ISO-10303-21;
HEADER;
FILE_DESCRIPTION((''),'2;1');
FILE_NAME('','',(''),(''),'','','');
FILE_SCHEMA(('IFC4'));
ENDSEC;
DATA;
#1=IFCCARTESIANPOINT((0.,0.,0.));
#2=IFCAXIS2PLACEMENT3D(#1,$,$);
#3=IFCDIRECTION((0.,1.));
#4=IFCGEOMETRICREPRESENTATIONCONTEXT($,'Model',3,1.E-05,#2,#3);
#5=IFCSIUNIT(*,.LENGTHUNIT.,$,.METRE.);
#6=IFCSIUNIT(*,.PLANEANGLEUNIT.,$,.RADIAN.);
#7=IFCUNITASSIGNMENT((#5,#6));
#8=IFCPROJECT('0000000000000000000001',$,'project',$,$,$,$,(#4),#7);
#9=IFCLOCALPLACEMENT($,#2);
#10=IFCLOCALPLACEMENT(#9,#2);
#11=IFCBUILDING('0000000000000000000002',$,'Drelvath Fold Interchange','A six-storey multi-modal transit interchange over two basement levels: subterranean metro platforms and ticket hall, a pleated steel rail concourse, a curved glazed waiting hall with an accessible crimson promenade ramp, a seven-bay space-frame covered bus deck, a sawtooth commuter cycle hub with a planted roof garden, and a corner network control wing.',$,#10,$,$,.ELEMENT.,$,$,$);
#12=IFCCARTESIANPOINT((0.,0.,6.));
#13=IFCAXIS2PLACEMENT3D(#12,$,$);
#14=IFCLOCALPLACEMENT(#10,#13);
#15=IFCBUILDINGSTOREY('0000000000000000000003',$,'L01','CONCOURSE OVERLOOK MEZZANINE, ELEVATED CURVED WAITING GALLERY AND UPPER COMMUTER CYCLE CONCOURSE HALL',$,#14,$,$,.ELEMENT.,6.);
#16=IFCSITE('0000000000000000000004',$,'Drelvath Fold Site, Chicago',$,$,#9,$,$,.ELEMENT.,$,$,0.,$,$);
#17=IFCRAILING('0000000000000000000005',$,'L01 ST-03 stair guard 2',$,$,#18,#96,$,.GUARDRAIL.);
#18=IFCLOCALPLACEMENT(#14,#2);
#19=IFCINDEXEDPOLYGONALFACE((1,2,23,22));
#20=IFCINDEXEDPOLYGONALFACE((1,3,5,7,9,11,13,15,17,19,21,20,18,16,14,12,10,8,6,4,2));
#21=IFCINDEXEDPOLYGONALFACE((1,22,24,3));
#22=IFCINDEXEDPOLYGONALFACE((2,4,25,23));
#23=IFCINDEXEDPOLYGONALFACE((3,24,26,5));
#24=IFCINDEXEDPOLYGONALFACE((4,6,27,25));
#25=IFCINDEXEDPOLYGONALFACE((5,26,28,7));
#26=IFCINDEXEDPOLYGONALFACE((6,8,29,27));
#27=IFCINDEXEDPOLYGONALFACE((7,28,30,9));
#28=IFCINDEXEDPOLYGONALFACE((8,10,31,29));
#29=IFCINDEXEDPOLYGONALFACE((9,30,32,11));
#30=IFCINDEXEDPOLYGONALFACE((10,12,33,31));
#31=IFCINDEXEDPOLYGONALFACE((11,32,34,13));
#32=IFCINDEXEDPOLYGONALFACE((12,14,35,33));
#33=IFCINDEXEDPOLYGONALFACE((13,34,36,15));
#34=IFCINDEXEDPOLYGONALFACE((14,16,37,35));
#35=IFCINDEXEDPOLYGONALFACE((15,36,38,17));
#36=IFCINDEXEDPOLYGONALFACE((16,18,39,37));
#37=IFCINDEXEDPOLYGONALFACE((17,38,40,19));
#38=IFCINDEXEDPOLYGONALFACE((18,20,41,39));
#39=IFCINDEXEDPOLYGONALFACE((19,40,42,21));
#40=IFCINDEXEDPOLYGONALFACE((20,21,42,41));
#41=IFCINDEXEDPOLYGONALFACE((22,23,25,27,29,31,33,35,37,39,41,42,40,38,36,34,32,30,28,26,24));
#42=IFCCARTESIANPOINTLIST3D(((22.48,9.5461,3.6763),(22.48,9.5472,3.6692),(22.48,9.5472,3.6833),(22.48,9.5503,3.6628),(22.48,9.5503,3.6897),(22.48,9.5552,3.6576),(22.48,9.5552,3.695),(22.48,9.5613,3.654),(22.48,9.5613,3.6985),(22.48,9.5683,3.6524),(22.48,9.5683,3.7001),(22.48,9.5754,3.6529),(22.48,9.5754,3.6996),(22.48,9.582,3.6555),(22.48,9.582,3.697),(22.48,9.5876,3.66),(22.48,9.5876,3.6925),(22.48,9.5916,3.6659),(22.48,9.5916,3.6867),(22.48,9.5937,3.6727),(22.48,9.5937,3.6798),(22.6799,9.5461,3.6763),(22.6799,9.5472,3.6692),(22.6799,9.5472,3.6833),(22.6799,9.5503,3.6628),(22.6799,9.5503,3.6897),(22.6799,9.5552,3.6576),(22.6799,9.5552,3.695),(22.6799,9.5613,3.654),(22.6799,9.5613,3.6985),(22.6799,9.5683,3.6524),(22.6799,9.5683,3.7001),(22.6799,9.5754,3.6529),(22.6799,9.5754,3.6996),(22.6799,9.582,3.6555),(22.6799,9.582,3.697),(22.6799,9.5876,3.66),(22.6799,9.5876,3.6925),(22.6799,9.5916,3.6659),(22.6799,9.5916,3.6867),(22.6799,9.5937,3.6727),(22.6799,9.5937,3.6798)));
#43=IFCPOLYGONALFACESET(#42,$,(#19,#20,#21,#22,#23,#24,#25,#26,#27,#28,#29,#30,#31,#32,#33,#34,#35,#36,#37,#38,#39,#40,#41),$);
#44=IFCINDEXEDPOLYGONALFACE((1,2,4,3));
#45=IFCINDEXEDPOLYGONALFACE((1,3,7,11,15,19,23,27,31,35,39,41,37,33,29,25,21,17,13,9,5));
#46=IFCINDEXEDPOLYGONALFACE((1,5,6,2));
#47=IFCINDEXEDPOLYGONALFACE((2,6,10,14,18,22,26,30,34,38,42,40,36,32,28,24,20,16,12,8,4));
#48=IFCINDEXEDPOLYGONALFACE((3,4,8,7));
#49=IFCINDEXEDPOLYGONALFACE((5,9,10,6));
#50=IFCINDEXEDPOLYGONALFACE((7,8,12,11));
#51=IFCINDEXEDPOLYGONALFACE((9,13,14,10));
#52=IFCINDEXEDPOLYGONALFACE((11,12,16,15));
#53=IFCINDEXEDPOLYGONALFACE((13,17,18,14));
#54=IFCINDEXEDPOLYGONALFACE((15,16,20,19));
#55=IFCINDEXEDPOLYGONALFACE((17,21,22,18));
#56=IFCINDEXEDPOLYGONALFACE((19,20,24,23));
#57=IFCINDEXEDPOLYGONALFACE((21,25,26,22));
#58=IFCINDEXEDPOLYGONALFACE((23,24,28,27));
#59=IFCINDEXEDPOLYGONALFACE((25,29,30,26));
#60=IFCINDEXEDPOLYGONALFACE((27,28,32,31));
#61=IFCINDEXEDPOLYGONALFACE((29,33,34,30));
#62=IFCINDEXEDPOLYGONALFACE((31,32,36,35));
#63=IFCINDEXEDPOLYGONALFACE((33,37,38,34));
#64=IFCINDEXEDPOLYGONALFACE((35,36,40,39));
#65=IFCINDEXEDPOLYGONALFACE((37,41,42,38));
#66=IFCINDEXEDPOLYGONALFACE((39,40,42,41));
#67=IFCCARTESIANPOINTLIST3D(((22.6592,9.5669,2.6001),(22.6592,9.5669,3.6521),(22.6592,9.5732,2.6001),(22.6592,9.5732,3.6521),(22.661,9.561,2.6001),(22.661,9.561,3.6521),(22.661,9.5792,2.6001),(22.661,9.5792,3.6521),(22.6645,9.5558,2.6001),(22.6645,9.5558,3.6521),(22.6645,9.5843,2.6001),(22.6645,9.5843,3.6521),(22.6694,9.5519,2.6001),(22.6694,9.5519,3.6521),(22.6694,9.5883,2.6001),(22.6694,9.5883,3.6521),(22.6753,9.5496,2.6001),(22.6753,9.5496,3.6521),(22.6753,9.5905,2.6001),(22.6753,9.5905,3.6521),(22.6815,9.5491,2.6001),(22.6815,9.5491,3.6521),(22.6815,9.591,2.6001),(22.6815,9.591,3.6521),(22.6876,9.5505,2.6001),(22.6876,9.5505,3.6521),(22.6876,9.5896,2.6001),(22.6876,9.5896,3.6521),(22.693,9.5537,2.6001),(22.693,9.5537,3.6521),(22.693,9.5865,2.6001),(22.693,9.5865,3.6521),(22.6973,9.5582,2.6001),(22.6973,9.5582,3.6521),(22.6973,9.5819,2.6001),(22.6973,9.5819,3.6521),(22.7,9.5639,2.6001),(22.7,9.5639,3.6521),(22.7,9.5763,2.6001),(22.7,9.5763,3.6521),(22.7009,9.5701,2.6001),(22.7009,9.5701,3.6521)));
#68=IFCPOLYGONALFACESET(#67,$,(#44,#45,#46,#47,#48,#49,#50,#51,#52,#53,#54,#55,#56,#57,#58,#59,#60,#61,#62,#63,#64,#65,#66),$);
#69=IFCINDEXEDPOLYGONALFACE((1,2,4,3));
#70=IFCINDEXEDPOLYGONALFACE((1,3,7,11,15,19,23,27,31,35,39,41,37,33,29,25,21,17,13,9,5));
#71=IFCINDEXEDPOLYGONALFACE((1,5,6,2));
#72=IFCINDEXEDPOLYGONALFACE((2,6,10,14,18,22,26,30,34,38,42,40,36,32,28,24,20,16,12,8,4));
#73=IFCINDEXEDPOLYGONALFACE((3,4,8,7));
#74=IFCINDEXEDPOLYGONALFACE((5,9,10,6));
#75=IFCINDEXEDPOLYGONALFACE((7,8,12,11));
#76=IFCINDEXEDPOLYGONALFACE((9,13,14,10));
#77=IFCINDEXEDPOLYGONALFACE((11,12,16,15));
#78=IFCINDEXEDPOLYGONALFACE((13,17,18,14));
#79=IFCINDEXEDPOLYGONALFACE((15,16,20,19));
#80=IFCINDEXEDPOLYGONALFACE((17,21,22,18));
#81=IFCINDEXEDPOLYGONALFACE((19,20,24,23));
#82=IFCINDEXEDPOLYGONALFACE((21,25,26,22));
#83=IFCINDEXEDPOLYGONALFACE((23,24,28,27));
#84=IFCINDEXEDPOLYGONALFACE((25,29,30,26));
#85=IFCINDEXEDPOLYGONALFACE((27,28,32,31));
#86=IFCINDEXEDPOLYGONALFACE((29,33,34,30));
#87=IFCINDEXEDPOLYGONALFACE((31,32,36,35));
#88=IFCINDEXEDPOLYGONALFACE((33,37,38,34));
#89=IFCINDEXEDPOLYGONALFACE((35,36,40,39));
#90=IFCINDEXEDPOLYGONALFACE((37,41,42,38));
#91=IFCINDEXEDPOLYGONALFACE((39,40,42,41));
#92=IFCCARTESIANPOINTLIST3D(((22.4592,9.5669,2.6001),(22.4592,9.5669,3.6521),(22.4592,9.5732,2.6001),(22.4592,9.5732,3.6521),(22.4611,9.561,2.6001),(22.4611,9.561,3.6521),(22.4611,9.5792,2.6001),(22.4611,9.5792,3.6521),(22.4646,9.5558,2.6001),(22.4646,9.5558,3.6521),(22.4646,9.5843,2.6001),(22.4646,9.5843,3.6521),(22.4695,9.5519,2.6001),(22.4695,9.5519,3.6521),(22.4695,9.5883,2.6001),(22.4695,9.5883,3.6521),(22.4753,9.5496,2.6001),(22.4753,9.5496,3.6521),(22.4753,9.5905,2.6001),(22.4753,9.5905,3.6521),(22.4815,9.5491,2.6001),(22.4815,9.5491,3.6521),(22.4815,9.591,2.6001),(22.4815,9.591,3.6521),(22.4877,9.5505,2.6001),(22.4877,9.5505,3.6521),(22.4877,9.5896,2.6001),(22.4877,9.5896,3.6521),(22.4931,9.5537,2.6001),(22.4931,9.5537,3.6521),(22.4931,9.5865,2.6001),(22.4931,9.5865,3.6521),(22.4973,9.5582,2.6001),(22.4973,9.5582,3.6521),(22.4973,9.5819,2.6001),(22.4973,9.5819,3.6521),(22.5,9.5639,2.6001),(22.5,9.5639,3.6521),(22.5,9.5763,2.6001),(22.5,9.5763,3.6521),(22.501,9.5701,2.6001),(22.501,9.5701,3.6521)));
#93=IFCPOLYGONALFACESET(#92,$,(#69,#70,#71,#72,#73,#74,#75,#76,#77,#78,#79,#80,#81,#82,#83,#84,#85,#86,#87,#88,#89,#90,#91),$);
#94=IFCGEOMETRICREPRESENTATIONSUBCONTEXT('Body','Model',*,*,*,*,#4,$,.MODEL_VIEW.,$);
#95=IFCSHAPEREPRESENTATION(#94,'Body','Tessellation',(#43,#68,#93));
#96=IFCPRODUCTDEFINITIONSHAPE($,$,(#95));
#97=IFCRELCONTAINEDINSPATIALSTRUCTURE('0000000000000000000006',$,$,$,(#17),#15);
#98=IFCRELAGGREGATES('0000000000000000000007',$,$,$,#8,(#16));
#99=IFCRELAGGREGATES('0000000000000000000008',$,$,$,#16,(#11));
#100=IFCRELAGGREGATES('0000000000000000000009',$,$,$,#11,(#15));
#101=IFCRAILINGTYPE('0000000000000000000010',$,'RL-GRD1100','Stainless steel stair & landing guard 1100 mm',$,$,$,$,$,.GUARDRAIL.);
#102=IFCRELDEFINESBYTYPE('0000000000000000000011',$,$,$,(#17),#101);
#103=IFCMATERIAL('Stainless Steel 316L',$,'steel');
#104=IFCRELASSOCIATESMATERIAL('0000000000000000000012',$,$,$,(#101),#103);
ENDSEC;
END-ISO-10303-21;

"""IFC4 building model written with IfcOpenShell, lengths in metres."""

from ifc_helpers import new_model, si_unit, direction, frame, origin, origin_2d, place, context, subcontext, project, spatial, circle, extrude, material, type_object, element, save


model = new_model("IFC4")

# Units and contexts
model_context = context("Model", 3, precision=1e-05, world=origin(), true_north=direction((0.0, 1.0)))
body_context = subcontext(model_context, "Body", "Model", "MODEL_VIEW")
ifc_project = project(units=[si_unit("LENGTHUNIT", "METRE"), si_unit("PLANEANGLEUNIT", "RADIAN")], contexts=[model_context])

# Site, building, storey
site_placement = place(None, origin())
site = spatial("IfcSite", under=ifc_project, at=site_placement, Name="Drelvath Fold Site, Chicago", CompositionType="ELEMENT", RefElevation=0.0)
building_placement = place(site_placement, origin())
building = spatial("IfcBuilding", under=site, at=building_placement, Name="Drelvath Fold Interchange", Description="A six-storey multi-modal transit interchange over two basement levels: subterranean metro platforms and ticket hall, a pleated steel rail concourse, a curved glazed waiting hall with an accessible crimson promenade ramp, a seven-bay space-frame covered bus deck, a sawtooth commuter cycle hub with a planted roof garden, and a corner network control wing.", CompositionType="ELEMENT")
storey_placement = place(building_placement, frame((0.0, 0.0, 6.0)))
storey = spatial("IfcBuildingStorey", under=building, at=storey_placement, Name="L01", Description="CONCOURSE OVERLOOK MEZZANINE, ELEVATED CURVED WAITING GALLERY AND UPPER COMMUTER CYCLE CONCOURSE HALL", CompositionType="ELEMENT", Elevation=6.0)

# Railing
ifc_material_1 = material(Name="Stainless Steel 316L", Category="steel")
railing_type_1 = type_object("IfcRailingType", Name="RL-GRD1100", Description="Stainless steel stair & landing guard 1100 mm", PredefinedType="GUARDRAIL", material=ifc_material_1)
railing_1_placement = place(storey_placement, frame((22.6799, 9.5701, 2.6001)))
element("IfcRailing", 1, at=railing_1_placement, inside=storey, type_object=railing_type_1, Name="L01 ST-03 stair guard 2", PredefinedType="GUARDRAIL", context=body_context, shape_type="SweptSolid", body=[
    extrude(circle(Radius=0.0239, at=origin_2d()), frame((0.0, 0.0, 1.0762), z_axis=(-1.0, 0.0, 0.0), x_axis=(0.0, -1.0, 0.0)), (0.0, 0.0, 1.0), 0.2),
    extrude(circle(Radius=0.021, at=origin_2d()), origin(), (0.0, 0.0, 1.0), 1.052),
    extrude(circle(Radius=0.021, at=origin_2d()), frame((-0.2, 0.0, 0.0)), (0.0, 0.0, 1.0), 1.052),
])

save(model, "model.ifc")
